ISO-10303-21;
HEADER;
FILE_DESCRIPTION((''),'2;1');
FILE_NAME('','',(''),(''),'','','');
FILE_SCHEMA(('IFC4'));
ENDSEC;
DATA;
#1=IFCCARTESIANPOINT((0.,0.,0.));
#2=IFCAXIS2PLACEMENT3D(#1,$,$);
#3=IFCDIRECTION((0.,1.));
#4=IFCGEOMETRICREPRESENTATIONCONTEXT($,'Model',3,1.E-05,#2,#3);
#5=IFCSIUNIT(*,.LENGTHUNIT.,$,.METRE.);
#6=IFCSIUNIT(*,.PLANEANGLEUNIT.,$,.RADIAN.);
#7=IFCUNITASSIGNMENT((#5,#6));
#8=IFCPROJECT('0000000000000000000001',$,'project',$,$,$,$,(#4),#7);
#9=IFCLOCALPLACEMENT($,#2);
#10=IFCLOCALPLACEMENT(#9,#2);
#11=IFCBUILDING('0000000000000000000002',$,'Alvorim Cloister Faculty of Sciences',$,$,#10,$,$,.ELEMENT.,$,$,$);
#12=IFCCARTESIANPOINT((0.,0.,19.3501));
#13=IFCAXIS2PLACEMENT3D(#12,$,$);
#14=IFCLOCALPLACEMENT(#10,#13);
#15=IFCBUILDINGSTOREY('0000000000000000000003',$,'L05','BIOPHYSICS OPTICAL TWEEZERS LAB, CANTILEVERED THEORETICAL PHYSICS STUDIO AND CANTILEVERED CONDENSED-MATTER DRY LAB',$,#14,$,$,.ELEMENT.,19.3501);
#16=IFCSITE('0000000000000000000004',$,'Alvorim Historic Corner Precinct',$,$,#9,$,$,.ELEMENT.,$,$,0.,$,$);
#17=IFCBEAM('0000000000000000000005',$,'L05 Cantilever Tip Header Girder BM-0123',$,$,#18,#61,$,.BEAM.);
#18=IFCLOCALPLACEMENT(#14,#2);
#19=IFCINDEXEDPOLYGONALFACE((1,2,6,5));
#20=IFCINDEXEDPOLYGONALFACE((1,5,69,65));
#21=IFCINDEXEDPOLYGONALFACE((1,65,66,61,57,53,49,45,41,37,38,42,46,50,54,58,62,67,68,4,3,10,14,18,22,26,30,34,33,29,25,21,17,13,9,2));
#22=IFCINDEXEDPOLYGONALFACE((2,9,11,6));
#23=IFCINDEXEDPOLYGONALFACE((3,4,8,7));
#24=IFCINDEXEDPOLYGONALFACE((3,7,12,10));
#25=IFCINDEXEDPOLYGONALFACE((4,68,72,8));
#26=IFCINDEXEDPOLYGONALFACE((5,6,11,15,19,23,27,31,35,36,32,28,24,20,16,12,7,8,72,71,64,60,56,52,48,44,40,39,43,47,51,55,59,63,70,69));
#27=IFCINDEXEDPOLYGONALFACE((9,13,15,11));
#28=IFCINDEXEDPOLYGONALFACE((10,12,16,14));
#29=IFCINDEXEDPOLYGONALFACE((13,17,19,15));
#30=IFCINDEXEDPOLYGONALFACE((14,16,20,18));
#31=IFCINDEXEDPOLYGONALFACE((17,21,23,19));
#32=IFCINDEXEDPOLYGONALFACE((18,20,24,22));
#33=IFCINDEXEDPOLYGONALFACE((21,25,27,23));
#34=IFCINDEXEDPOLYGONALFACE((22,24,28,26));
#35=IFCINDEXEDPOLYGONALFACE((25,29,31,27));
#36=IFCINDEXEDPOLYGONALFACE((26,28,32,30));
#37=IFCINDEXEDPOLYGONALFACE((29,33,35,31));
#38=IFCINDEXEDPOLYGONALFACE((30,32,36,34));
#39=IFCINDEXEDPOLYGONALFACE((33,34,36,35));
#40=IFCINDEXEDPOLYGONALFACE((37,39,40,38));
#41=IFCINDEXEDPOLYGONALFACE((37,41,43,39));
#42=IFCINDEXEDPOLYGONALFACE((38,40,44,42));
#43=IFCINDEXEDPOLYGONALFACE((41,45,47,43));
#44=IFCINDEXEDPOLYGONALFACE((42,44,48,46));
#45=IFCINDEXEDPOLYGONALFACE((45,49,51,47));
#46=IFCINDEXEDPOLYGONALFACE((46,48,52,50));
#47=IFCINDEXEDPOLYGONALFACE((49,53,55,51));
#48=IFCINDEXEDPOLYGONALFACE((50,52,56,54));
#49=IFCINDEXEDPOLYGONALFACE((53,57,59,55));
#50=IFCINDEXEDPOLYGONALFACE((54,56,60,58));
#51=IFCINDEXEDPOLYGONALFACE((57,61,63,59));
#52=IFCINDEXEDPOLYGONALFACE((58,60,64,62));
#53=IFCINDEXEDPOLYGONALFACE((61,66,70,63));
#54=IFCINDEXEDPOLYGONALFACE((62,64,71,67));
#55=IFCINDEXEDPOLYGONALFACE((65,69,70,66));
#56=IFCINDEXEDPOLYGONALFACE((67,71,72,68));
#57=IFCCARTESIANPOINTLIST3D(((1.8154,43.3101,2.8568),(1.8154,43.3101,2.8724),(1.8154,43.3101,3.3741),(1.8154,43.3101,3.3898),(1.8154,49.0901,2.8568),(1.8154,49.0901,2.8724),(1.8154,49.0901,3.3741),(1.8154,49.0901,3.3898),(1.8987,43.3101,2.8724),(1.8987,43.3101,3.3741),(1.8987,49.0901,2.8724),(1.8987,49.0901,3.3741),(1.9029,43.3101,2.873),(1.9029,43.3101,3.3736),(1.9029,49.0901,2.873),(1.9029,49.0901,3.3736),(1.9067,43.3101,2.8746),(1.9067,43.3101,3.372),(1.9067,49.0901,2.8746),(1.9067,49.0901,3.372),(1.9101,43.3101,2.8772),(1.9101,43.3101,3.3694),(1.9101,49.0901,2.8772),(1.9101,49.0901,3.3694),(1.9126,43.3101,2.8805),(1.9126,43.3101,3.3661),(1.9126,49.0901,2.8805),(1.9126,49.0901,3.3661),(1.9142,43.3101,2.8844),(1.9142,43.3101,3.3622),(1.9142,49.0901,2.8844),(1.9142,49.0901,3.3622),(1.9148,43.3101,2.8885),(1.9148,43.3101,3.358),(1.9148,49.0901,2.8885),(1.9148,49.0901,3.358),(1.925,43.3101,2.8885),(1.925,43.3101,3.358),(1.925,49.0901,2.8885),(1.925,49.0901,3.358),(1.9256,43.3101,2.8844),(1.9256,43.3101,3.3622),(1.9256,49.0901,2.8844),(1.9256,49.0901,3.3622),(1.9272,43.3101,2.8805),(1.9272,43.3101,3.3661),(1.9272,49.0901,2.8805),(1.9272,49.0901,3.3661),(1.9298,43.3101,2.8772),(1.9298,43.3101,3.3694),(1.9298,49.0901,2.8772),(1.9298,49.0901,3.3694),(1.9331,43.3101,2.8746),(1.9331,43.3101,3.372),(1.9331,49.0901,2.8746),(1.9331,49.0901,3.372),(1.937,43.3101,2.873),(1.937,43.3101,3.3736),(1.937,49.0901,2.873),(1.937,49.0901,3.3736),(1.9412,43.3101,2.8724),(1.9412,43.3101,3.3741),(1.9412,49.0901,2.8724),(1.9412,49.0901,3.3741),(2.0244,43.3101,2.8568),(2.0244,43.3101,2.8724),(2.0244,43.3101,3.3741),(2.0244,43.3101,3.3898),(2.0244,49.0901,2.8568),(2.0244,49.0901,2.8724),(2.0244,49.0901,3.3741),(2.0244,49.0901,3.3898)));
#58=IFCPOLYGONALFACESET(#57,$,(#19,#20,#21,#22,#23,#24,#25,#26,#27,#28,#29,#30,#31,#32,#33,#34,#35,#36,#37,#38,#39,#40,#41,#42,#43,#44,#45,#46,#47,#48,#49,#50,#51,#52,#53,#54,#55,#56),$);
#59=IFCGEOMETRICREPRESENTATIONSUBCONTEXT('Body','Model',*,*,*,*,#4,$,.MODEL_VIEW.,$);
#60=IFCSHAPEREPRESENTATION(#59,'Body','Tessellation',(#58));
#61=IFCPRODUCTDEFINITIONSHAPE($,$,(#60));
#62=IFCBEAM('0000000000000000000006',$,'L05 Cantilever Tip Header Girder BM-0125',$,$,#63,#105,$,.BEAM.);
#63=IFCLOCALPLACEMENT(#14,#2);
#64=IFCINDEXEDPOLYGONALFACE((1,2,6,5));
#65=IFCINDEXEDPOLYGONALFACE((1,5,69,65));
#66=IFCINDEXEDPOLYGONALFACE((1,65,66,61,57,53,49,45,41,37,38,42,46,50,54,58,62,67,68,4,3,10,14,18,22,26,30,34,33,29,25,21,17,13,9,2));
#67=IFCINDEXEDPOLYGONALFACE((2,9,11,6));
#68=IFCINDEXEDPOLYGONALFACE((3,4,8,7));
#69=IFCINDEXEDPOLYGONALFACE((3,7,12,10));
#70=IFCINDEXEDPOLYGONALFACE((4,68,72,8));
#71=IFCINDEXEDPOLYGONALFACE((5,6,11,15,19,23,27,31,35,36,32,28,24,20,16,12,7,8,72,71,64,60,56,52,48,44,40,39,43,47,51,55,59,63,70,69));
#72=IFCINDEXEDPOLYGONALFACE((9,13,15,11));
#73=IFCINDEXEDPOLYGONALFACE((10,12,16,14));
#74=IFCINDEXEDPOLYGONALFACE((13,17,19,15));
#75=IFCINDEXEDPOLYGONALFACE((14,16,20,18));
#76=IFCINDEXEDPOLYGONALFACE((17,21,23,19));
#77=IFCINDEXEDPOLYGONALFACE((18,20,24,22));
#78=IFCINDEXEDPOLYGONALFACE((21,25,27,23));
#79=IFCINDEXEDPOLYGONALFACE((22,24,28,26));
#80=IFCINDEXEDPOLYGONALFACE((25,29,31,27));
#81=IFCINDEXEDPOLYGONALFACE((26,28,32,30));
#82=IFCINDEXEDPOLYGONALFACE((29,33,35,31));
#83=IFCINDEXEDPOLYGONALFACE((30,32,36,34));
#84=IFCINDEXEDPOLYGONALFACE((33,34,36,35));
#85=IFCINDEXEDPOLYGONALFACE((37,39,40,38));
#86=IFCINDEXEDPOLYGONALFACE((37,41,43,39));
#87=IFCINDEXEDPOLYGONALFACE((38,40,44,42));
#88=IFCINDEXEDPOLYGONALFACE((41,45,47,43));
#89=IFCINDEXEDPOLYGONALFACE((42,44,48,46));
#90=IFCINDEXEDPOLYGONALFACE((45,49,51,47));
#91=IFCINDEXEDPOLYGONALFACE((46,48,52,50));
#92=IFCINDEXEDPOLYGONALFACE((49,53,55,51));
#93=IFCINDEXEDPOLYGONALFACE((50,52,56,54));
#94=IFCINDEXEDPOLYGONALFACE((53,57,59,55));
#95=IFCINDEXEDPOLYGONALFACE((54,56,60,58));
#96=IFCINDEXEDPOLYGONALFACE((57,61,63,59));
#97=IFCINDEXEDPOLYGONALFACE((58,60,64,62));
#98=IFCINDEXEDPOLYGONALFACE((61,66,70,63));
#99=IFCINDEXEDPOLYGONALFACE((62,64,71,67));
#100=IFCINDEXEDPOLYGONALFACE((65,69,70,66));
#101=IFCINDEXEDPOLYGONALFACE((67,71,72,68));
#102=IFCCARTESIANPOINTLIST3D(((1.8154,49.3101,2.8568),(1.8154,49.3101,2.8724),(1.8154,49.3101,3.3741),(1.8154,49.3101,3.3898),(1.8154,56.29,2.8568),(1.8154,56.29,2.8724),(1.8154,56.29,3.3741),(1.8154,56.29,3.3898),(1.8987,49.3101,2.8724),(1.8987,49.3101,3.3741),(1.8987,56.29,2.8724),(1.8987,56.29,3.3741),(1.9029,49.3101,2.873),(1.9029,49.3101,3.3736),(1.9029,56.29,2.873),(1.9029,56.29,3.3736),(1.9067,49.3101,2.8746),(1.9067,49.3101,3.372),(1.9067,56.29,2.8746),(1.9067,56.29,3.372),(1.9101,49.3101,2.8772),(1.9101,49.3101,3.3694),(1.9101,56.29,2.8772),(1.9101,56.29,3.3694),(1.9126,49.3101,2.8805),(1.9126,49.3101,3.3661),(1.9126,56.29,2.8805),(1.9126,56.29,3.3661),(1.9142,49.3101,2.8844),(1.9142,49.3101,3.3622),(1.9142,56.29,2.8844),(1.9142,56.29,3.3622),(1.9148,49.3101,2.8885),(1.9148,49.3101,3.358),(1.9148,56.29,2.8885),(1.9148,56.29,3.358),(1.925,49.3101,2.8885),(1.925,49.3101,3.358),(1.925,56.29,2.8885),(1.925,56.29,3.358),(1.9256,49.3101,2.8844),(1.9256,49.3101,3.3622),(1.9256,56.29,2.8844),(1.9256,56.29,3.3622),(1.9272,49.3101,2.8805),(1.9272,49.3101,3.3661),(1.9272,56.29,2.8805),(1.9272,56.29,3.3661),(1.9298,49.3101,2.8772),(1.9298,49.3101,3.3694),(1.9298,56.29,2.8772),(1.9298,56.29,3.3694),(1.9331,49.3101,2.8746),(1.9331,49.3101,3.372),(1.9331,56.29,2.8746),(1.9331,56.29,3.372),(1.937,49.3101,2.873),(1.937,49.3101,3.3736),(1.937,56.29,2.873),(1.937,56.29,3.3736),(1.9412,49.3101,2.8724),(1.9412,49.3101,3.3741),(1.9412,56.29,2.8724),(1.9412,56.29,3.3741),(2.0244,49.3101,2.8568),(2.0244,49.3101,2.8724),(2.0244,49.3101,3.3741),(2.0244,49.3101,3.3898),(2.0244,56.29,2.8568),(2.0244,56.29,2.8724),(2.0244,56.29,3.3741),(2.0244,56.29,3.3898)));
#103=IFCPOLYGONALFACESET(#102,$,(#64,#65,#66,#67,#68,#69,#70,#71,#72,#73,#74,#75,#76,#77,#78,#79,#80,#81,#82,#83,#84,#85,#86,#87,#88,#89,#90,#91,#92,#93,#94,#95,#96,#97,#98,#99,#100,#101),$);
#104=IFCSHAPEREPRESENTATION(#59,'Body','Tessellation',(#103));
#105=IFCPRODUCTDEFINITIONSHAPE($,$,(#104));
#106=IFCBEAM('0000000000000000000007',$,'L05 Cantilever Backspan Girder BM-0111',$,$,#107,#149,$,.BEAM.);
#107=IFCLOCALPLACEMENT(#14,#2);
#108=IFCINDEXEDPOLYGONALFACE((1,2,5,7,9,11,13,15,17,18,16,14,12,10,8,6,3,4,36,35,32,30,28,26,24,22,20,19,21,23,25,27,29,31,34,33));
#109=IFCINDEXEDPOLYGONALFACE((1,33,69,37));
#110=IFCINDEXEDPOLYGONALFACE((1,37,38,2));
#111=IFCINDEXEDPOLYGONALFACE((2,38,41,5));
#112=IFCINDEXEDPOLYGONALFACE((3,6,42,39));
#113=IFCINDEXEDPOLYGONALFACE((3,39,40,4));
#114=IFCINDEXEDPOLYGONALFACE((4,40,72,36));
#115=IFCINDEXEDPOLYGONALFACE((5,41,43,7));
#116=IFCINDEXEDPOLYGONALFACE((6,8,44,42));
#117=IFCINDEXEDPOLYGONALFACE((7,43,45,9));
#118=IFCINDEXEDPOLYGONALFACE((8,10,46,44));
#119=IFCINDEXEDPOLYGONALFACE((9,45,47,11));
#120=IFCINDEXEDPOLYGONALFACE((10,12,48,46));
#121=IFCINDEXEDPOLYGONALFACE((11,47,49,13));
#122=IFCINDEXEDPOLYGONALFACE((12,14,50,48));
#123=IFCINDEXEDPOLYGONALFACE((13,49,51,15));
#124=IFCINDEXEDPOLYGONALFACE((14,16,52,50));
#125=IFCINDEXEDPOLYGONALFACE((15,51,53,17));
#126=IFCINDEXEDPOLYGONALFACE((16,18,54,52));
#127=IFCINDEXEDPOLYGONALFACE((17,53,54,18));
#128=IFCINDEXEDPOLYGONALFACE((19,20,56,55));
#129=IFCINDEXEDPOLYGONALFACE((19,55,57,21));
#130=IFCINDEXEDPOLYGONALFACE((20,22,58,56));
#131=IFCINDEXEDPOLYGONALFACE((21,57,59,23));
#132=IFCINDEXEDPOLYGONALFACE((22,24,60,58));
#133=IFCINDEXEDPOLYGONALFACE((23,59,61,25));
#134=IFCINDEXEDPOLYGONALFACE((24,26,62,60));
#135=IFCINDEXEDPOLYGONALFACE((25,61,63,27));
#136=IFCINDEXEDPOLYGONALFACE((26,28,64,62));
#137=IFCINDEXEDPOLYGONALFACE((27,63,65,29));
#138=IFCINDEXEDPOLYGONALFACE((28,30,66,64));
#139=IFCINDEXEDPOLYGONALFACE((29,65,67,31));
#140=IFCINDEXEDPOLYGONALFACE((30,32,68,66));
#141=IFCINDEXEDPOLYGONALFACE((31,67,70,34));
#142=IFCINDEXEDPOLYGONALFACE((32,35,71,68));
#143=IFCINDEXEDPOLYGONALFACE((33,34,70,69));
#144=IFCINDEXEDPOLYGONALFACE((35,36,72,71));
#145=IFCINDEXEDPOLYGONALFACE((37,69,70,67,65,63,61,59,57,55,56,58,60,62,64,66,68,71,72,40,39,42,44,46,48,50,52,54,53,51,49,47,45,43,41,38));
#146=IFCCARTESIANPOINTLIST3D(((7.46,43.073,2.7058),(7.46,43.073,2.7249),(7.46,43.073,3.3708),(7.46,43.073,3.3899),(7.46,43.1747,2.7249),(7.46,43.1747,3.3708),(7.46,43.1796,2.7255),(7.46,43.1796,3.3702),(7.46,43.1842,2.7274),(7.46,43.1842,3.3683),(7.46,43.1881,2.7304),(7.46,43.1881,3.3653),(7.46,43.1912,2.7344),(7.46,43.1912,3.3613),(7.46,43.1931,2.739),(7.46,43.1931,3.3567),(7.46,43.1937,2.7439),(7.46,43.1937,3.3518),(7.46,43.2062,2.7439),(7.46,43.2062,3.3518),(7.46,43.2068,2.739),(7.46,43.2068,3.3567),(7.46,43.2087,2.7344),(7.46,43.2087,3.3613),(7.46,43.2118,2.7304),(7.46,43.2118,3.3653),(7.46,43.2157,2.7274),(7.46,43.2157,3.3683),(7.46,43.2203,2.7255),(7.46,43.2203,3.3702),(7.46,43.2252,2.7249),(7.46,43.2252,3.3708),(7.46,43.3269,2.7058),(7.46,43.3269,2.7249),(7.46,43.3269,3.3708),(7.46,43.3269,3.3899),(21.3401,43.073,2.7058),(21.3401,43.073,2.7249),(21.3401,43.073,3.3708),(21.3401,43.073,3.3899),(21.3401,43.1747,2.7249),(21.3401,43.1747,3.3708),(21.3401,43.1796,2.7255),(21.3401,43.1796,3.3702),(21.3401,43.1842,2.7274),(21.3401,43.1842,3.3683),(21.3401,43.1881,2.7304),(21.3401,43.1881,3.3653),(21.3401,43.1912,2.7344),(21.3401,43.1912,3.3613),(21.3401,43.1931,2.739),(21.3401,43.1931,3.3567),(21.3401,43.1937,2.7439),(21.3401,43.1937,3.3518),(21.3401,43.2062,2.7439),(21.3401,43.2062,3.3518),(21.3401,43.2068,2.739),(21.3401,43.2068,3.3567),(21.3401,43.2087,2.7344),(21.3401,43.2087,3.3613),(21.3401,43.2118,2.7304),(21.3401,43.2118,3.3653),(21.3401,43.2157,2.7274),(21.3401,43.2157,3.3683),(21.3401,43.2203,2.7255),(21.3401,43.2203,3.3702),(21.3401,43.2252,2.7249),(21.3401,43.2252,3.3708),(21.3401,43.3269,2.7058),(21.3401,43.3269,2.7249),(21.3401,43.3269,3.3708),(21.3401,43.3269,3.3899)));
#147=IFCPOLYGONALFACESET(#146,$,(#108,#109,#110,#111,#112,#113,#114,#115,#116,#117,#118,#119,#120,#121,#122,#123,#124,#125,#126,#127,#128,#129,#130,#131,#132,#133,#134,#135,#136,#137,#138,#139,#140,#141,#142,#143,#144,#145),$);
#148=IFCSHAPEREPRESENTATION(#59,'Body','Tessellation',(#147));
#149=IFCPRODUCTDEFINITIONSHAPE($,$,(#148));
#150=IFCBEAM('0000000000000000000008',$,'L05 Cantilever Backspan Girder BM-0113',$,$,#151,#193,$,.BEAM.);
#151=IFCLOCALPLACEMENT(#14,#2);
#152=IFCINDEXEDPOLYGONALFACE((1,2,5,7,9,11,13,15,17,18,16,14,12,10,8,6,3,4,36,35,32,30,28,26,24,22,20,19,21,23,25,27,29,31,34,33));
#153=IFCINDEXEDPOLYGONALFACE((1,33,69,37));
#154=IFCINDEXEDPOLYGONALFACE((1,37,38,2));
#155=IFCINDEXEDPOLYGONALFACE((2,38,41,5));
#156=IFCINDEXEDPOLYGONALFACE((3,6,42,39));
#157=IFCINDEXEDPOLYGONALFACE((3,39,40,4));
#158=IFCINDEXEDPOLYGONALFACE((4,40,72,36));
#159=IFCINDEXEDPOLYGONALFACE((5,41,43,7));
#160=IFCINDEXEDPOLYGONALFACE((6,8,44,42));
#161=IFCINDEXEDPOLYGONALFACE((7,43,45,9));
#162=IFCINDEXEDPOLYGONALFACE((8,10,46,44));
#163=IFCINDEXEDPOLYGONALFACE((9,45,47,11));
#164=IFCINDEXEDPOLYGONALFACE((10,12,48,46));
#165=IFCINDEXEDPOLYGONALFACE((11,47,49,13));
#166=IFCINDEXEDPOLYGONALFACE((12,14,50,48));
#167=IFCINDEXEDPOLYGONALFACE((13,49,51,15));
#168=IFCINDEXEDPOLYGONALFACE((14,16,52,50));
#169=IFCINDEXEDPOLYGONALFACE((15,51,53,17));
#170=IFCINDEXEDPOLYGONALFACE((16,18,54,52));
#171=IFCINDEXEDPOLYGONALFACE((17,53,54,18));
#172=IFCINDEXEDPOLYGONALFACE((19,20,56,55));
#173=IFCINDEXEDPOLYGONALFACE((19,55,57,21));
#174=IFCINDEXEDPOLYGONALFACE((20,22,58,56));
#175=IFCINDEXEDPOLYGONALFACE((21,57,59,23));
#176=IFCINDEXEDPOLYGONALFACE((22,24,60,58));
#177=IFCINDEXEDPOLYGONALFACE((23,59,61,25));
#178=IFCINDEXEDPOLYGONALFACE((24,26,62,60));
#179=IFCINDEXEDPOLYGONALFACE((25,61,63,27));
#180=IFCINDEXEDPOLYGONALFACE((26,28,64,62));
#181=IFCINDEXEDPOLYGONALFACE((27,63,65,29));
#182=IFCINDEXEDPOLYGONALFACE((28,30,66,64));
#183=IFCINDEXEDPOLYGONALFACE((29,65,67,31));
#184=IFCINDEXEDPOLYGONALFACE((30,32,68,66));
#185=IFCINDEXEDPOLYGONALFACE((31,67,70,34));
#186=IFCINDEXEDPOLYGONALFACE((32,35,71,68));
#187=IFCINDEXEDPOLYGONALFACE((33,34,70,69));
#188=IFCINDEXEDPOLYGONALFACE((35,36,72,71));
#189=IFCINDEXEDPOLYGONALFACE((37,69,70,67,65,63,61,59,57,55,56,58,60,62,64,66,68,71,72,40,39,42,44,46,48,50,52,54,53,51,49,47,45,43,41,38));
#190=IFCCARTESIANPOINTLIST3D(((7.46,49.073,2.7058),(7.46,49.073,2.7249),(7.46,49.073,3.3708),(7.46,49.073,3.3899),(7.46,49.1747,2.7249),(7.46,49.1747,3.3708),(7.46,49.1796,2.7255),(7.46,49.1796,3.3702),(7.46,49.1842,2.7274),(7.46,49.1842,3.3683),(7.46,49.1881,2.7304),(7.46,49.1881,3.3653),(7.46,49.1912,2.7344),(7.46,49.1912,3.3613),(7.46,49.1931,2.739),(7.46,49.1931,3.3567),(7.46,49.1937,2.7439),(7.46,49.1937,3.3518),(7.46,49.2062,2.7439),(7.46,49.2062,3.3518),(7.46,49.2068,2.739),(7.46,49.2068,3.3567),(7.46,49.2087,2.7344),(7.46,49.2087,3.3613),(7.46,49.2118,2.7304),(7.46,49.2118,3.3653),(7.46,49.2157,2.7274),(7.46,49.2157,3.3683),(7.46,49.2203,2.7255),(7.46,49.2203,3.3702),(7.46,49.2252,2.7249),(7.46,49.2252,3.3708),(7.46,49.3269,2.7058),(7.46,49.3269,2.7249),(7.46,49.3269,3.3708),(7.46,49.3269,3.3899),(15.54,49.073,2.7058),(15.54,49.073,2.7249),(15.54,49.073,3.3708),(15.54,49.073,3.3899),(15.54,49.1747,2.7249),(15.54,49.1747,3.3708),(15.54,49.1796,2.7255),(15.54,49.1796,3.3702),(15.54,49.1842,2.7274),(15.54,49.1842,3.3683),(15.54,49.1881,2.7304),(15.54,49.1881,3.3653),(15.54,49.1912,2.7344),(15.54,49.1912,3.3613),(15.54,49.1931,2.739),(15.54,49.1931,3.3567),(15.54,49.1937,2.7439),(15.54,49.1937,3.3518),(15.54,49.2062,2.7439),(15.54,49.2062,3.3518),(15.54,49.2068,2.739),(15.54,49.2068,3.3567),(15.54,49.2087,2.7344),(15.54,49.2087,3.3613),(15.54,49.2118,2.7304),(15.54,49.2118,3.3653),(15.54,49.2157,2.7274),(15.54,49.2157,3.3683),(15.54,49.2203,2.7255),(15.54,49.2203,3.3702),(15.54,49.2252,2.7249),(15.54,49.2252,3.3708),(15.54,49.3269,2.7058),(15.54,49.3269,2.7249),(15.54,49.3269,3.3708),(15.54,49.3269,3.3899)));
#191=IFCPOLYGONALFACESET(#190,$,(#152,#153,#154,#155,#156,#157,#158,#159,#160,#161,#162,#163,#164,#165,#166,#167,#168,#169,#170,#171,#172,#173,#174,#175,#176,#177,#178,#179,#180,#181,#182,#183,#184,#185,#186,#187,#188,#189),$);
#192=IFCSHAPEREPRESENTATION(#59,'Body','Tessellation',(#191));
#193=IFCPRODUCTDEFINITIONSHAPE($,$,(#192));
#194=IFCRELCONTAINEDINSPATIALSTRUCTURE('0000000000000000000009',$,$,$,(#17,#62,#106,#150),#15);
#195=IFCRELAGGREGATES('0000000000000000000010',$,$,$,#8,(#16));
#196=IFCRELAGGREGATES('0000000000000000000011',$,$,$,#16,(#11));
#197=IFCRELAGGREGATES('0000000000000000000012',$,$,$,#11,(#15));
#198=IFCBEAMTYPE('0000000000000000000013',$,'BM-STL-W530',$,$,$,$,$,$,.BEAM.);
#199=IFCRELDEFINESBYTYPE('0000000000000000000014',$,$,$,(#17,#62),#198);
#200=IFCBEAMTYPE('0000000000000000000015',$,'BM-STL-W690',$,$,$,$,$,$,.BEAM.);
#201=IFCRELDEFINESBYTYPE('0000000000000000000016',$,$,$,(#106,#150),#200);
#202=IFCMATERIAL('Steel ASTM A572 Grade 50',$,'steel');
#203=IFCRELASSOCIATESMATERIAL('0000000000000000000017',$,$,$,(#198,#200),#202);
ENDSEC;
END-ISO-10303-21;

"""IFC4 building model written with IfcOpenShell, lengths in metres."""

from ifc_helpers import new_model, si_unit, direction, frame, origin, origin_2d, place, context, subcontext, project, spatial, i_section, extrude, material, material_profile, profile_set, type_object, element, save


model = new_model("IFC4")

# Units and contexts
model_context = context("Model", 3, precision=1e-05, world=origin(), true_north=direction((0.0, 1.0)))
body_context = subcontext(model_context, "Body", "Model", "MODEL_VIEW")
ifc_project = project(units=[si_unit("LENGTHUNIT", "METRE"), si_unit("PLANEANGLEUNIT", "RADIAN")], contexts=[model_context])

# Site, building, storey
site_placement = place(None, origin())
site = spatial("IfcSite", under=ifc_project, at=site_placement, Name="Alvorim Historic Corner Precinct", CompositionType="ELEMENT", RefElevation=0.0)
building_placement = place(site_placement, origin())
building = spatial("IfcBuilding", under=site, at=building_placement, Name="Alvorim Cloister Faculty of Sciences", CompositionType="ELEMENT")
storey_placement = place(building_placement, frame((0.0, 0.0, 19.3501)))
storey = spatial("IfcBuildingStorey", under=building, at=storey_placement, Name="L05", Description="BIOPHYSICS OPTICAL TWEEZERS LAB, CANTILEVERED THEORETICAL PHYSICS STUDIO AND CANTILEVERED CONDENSED-MATTER DRY LAB", CompositionType="ELEMENT", Elevation=19.3501)

# Beams
ifc_material_1 = material(Name="Steel ASTM A572 Grade 50", Category="steel")
ifc_material_profile_1 = material_profile(ifc_material_1, i_section(OverallWidth=0.209, OverallDepth=0.533, WebThickness=0.0103, FlangeThickness=0.0156, FilletRadius=0.0161, at=origin_2d()), Name="W530x92.0")
ifc_profile_set_1 = profile_set([ifc_material_profile_1], Name="Steel ASTM A572 Grade 50")
beam_type_1 = type_object("IfcBeamType", Name="BM-STL-W530", PredefinedType="BEAM", material=ifc_profile_set_1)
beam_1_placement = place(storey_placement, frame((1.9199, 43.3101, 3.1233), z_axis=(0.0, 1.0, 0.0), x_axis=(-1.0, 0.0, 0.0)))
element("IfcBeam", 1, at=beam_1_placement, inside=storey, type_object=beam_type_1, Name="L05 Cantilever Tip Header Girder BM-0123", PredefinedType="BEAM", context=body_context, shape_type="SweptSolid", body=[
    extrude(i_section(OverallWidth=0.209, OverallDepth=0.533, WebThickness=0.0103, FlangeThickness=0.0156, FilletRadius=0.0161, at=origin_2d()), origin(), (0.0, 0.0, 1.0), 5.78),
])
beam_2_placement = place(storey_placement, frame((1.9199, 49.3101, 3.1233), z_axis=(0.0, 1.0, 0.0), x_axis=(-1.0, 0.0, 0.0)))
element("IfcBeam", 2, at=beam_2_placement, inside=storey, type_object=beam_type_1, Name="L05 Cantilever Tip Header Girder BM-0125", PredefinedType="BEAM", context=body_context, shape_type="SweptSolid", body=[
    extrude(i_section(OverallWidth=0.209, OverallDepth=0.533, WebThickness=0.0103, FlangeThickness=0.0156, FilletRadius=0.0161, at=origin_2d()), origin(), (0.0, 0.0, 1.0), 6.98),
])
ifc_material_profile_2 = material_profile(ifc_material_1, i_section(OverallWidth=0.2539, OverallDepth=0.6841, WebThickness=0.0125, FlangeThickness=0.019, FilletRadius=0.019, at=origin_2d()), Name="W690x140.0")
ifc_profile_set_2 = profile_set([ifc_material_profile_2], Name="Steel ASTM A572 Grade 50")
beam_type_2 = type_object("IfcBeamType", Name="BM-STL-W690", PredefinedType="BEAM", material=ifc_profile_set_2)
beam_3_placement = place(storey_placement, frame((7.46, 43.2, 3.0479), z_axis=(1.0, 0.0, 0.0), x_axis=(0.0, 1.0, 0.0)))
element("IfcBeam", 3, at=beam_3_placement, inside=storey, type_object=beam_type_2, Name="L05 Cantilever Backspan Girder BM-0111", PredefinedType="BEAM", context=body_context, shape_type="SweptSolid", body=[
    extrude(i_section(OverallWidth=0.2539, OverallDepth=0.6841, WebThickness=0.0125, FlangeThickness=0.019, FilletRadius=0.019, at=origin_2d()), origin(), (0.0, 0.0, 1.0), 13.8801),
])
beam_4_placement = place(storey_placement, frame((7.46, 49.2, 3.0479), z_axis=(1.0, 0.0, 0.0), x_axis=(0.0, 1.0, 0.0)))
element("IfcBeam", 4, at=beam_4_placement, inside=storey, type_object=beam_type_2, Name="L05 Cantilever Backspan Girder BM-0113", PredefinedType="BEAM", context=body_context, shape_type="SweptSolid", body=[
    extrude(i_section(OverallWidth=0.2539, OverallDepth=0.6841, WebThickness=0.0125, FlangeThickness=0.019, FilletRadius=0.019, at=origin_2d()), origin(), (0.0, 0.0, 1.0), 8.0801),
])

save(model, "model.ifc")
